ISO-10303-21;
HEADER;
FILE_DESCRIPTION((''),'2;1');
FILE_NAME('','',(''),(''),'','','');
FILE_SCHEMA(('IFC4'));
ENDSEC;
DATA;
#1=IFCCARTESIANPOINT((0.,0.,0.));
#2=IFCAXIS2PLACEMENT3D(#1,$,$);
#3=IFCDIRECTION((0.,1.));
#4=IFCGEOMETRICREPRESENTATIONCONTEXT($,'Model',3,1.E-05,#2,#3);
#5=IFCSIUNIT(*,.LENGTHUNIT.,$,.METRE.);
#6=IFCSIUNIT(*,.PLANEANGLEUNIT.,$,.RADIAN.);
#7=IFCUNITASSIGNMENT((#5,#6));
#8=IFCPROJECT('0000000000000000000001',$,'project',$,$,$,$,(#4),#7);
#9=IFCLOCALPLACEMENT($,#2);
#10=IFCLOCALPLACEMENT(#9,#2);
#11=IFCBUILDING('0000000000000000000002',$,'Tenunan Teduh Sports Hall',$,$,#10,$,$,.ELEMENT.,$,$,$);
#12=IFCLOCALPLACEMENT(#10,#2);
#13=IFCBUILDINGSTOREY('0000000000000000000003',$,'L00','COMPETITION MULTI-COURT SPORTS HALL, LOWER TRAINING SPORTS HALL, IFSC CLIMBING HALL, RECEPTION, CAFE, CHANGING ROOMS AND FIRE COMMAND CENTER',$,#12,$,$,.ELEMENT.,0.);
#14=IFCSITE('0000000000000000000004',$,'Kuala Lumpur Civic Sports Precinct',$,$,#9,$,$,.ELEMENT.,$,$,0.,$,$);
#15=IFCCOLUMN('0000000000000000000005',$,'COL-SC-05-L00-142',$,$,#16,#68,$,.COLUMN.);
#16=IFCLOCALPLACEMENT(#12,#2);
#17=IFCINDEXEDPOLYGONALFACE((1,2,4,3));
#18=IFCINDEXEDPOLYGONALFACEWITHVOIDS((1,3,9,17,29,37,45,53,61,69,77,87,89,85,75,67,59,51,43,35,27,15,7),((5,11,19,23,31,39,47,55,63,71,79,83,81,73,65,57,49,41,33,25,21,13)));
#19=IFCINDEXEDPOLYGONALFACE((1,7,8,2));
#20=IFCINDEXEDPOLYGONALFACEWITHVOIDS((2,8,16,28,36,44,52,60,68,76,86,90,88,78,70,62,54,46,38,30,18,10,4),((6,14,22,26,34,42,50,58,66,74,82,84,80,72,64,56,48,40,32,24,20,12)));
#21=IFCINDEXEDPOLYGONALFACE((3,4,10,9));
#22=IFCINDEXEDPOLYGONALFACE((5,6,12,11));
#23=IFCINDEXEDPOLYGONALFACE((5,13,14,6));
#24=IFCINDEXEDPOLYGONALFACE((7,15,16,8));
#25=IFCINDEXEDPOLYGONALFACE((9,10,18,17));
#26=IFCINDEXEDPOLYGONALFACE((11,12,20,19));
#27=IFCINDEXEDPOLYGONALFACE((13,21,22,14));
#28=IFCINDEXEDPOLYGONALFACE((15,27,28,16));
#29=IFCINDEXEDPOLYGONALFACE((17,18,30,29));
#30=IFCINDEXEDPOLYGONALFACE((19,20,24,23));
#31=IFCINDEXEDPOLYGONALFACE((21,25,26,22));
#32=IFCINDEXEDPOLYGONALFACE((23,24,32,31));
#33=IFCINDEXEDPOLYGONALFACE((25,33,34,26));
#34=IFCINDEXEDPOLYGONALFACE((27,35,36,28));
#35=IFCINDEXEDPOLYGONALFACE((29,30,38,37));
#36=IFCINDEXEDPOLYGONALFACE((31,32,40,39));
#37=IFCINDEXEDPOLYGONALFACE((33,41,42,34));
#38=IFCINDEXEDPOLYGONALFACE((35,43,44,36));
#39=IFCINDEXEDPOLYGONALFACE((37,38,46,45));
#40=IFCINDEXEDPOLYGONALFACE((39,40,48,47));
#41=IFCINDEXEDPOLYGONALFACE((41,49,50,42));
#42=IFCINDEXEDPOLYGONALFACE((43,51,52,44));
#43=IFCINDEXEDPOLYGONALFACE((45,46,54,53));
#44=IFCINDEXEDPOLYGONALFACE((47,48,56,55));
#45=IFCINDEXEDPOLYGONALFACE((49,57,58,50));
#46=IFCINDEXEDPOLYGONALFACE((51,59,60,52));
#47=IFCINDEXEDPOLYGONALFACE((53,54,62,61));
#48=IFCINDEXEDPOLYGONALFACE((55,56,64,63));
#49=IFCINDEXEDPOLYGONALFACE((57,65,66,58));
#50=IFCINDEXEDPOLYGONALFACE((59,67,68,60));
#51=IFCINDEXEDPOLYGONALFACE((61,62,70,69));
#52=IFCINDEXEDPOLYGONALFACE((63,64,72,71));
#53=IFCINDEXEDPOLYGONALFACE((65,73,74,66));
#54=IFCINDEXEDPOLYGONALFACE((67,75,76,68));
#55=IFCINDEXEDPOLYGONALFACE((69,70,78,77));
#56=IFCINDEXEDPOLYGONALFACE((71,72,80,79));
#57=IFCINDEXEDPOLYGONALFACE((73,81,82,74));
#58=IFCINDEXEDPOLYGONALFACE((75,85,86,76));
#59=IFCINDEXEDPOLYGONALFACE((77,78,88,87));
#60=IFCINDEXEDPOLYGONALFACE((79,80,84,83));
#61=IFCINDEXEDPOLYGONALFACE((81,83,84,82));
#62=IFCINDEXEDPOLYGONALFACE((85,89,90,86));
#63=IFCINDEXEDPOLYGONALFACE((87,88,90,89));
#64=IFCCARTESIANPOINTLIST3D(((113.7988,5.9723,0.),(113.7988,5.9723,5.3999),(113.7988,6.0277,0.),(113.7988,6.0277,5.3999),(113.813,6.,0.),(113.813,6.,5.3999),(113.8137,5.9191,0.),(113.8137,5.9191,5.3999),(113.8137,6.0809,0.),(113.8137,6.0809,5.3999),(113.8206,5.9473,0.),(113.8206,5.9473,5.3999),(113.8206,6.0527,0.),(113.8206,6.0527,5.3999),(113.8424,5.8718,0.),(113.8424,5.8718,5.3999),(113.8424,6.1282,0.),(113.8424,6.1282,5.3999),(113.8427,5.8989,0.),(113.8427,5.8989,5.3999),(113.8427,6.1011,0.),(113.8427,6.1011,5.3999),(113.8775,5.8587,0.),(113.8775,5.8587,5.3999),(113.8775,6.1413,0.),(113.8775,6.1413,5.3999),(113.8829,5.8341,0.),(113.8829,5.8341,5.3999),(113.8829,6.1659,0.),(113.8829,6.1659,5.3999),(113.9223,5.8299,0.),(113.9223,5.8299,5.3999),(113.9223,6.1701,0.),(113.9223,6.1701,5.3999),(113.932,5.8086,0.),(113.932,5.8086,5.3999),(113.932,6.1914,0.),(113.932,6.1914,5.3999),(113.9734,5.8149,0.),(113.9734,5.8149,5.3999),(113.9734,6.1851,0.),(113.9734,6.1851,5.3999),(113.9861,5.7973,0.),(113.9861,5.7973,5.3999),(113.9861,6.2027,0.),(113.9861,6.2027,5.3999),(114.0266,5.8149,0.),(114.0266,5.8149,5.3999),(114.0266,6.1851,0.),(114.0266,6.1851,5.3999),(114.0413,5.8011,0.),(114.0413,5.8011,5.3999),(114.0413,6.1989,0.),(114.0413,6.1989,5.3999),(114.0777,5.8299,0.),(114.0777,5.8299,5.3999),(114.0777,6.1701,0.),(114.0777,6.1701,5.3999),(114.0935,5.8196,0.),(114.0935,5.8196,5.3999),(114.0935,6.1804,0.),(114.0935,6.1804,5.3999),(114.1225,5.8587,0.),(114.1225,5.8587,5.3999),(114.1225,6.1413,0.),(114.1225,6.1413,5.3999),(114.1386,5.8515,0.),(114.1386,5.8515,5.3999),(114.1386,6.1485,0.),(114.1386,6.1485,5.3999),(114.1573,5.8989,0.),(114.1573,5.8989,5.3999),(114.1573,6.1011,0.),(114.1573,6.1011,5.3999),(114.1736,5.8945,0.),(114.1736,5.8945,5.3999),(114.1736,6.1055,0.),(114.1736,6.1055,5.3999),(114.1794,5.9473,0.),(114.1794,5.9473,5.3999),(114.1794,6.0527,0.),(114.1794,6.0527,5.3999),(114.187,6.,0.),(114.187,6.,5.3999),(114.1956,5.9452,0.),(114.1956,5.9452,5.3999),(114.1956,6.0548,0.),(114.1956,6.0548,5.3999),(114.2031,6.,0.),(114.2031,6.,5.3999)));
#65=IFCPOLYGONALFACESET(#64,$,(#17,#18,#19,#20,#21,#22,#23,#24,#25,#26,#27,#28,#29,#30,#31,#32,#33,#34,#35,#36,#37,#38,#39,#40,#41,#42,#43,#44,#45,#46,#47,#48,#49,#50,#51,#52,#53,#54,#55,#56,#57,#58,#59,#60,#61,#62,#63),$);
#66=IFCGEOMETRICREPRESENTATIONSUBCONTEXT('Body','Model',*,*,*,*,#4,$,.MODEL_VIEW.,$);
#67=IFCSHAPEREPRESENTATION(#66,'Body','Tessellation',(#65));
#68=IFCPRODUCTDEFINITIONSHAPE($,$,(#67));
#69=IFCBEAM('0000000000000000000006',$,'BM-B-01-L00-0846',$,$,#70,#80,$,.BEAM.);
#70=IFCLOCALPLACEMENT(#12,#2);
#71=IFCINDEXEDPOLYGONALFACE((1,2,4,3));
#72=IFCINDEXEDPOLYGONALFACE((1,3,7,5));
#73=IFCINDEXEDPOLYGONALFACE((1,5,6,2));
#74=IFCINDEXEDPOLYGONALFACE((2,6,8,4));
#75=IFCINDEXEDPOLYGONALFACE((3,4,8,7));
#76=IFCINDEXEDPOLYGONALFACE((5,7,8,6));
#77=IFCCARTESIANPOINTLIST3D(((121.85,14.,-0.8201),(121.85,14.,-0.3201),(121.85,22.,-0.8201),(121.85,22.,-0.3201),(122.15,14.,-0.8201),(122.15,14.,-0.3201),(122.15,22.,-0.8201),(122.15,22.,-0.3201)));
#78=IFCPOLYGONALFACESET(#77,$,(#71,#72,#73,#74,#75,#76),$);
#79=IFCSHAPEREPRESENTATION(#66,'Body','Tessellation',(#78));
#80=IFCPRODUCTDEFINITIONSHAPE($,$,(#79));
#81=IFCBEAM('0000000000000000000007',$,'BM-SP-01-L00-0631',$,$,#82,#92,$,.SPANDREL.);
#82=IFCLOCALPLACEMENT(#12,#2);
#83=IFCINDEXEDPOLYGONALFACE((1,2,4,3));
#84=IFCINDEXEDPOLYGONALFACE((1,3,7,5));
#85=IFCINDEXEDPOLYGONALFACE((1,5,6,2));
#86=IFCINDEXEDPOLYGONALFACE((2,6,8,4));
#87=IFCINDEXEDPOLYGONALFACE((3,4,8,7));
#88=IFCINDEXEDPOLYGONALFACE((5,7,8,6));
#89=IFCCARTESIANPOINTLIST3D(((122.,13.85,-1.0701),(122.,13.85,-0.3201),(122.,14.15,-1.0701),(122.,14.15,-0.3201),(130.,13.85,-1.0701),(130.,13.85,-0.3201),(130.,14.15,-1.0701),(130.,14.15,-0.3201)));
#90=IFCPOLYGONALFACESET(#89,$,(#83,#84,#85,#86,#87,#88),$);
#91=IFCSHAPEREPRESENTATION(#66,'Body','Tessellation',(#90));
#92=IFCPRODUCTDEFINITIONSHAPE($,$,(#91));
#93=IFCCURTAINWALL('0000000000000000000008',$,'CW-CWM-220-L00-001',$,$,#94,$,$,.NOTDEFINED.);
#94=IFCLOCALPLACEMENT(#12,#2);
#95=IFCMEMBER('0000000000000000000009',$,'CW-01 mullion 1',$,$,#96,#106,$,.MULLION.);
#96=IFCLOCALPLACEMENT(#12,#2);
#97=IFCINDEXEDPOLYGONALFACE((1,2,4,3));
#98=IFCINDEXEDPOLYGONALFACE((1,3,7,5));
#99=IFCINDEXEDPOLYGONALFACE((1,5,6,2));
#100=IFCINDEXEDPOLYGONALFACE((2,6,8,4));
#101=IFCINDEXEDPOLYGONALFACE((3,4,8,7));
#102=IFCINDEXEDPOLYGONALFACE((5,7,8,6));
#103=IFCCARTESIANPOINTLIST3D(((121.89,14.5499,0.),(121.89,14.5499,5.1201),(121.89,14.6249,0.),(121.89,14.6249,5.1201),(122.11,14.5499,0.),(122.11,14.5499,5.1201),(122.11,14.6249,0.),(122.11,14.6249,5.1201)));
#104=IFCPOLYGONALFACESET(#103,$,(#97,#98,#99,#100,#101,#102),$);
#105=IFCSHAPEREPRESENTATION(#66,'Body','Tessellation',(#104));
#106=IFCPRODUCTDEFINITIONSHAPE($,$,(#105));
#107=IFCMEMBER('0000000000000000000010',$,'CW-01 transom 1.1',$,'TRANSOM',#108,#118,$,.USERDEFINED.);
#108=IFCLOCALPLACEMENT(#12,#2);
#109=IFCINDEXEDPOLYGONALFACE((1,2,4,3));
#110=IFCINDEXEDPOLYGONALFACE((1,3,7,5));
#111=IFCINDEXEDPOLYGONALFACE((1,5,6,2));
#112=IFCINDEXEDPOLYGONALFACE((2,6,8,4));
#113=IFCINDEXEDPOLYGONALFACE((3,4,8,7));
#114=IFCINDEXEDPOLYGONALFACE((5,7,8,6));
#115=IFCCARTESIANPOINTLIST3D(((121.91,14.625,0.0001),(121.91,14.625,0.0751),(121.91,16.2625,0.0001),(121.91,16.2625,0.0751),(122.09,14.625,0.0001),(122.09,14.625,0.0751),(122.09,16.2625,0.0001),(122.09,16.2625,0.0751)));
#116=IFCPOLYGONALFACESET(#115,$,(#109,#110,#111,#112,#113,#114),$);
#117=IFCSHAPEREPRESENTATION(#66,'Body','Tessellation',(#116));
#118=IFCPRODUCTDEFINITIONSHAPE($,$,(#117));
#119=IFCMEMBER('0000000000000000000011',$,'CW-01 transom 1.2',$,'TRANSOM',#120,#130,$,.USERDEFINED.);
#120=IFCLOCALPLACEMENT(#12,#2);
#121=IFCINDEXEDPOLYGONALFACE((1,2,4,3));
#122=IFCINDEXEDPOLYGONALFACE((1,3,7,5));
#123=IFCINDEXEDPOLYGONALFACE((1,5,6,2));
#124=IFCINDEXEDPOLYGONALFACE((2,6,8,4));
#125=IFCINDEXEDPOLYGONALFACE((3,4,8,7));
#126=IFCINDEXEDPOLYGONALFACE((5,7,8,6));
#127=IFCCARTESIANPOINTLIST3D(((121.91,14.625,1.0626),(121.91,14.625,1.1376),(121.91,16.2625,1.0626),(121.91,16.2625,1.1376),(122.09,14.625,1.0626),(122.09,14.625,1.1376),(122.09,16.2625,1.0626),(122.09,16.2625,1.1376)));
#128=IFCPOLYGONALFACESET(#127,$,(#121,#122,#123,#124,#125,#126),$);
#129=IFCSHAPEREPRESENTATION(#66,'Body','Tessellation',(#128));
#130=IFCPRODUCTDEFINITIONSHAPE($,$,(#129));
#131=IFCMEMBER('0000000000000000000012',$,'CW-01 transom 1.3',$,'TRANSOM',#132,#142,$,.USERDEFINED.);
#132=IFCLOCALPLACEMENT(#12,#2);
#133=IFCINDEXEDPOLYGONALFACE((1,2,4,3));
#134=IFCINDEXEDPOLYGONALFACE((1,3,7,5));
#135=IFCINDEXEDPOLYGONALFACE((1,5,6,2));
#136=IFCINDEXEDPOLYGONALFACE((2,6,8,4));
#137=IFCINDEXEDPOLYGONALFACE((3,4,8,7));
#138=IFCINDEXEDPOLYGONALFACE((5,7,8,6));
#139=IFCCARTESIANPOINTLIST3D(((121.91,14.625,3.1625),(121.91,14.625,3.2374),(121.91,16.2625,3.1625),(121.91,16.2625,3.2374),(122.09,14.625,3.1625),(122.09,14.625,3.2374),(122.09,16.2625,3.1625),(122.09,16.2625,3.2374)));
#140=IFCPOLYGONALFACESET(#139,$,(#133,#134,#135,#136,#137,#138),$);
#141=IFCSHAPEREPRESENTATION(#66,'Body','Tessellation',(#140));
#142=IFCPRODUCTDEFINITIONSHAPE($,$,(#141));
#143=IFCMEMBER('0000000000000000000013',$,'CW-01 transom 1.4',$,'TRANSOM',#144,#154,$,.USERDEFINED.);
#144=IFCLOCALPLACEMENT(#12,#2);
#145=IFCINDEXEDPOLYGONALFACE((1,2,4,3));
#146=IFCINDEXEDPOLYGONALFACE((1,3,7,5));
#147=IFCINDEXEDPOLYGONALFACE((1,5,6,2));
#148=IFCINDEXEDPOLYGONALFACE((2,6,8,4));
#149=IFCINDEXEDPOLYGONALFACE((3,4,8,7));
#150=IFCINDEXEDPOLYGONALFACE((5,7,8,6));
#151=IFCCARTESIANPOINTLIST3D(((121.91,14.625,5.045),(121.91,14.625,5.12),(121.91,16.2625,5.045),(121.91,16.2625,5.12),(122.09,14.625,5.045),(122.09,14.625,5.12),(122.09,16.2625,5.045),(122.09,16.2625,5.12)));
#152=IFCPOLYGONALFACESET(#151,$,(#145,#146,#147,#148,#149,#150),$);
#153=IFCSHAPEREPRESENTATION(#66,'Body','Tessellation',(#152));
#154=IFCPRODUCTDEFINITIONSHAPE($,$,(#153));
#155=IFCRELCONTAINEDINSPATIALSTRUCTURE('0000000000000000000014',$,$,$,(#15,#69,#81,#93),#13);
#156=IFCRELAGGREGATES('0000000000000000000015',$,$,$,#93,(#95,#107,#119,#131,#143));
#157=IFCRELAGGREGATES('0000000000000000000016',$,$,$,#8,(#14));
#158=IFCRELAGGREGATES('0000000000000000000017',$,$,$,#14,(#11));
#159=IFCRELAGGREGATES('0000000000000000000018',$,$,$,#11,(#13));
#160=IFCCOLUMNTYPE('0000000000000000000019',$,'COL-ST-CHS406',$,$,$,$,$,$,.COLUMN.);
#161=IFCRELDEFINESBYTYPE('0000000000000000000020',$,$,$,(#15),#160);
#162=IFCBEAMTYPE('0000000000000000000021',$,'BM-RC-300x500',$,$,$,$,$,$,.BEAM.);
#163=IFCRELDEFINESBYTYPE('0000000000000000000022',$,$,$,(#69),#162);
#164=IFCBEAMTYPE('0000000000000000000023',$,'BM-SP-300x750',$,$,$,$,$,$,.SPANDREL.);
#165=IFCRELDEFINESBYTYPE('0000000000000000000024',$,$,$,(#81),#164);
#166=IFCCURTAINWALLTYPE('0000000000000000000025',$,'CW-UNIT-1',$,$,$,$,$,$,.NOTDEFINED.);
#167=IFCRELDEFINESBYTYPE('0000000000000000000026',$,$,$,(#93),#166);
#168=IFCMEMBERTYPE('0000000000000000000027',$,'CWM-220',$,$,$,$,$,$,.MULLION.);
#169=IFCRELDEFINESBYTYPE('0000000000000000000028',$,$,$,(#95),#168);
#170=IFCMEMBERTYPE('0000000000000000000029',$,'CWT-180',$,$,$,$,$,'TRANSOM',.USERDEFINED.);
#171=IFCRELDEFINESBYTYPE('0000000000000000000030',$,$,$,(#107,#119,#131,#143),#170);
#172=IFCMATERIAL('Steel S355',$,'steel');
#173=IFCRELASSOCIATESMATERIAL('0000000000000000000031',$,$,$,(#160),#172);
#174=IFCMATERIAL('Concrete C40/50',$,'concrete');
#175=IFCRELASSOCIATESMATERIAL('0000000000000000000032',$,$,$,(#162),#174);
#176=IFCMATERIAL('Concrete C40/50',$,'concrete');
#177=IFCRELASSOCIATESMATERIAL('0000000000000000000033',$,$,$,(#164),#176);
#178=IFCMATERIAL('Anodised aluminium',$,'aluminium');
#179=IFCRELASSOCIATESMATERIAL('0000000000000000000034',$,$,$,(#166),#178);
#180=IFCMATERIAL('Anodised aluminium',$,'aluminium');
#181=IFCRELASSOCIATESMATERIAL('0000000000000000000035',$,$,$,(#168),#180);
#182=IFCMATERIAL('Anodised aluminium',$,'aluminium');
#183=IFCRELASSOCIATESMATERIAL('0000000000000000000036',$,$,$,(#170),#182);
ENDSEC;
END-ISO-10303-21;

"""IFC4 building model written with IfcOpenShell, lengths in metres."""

from ifc_helpers import new_model, si_unit, direction, frame, origin, origin_2d, place, context, subcontext, project, spatial, rectangle, hollow_circle, extrude, material, material_profile, profile_set, type_object, element, aggregate, save


model = new_model("IFC4")

# Units and contexts
model_context = context("Model", 3, precision=1e-05, world=origin(), true_north=direction((0.0, 1.0)))
body_context = subcontext(model_context, "Body", "Model", "MODEL_VIEW")
ifc_project = project(units=[si_unit("LENGTHUNIT", "METRE"), si_unit("PLANEANGLEUNIT", "RADIAN")], contexts=[model_context])

# Site, building, storey
site_placement = place(None, origin())
site = spatial("IfcSite", under=ifc_project, at=site_placement, Name="Kuala Lumpur Civic Sports Precinct", CompositionType="ELEMENT", RefElevation=0.0)
building_placement = place(site_placement, origin())
building = spatial("IfcBuilding", under=site, at=building_placement, Name="Tenunan Teduh Sports Hall", CompositionType="ELEMENT")
storey_placement = place(building_placement, origin())
storey = spatial("IfcBuildingStorey", under=building, at=storey_placement, Name="L00", Description="COMPETITION MULTI-COURT SPORTS HALL, LOWER TRAINING SPORTS HALL, IFSC CLIMBING HALL, RECEPTION, CAFE, CHANGING ROOMS AND FIRE COMMAND CENTER", CompositionType="ELEMENT", Elevation=0.0)

# Column
ifc_material_1 = material(Name="Steel S355", Category="steel")
ifc_material_profile_1 = material_profile(ifc_material_1, hollow_circle(Radius=0.2031, WallThickness=0.0161, at=origin_2d()), Name="CHS 406.4x16.0")
ifc_profile_set_1 = profile_set([ifc_material_profile_1], Name="Steel S355")
column_type_1 = type_object("IfcColumnType", Name="COL-ST-CHS406", PredefinedType="COLUMN", material=ifc_profile_set_1)
for number, where, z_axis, x_axis, name in (
    (1, (114.0, 6.0, 0.0), (0.0, 0.0, 1.0), (1.0, 0.0, 0.0), "COL-SC-05-L00-142"),
):
    element("IfcColumn", number, at=place(storey_placement, frame(where, z_axis=z_axis, x_axis=x_axis)), inside=storey, type_object=column_type_1, Name=name, PredefinedType="COLUMN", context=body_context, shape_type="SweptSolid", body=[
        extrude(hollow_circle(Radius=0.2031, WallThickness=0.0161, at=origin_2d()), origin(), (0.0, 0.0, 1.0), 5.3999),
    ])

# Beams
ifc_material_2 = material(Name="Concrete C40/50", Category="concrete")
ifc_material_profile_2 = material_profile(ifc_material_2, rectangle(XDim=0.3, YDim=0.5, at=origin_2d()), Name="RCB 300x500")
ifc_profile_set_2 = profile_set([ifc_material_profile_2], Name="Concrete C40/50")
beam_type_1 = type_object("IfcBeamType", Name="BM-RC-300x500", PredefinedType="BEAM", material=ifc_profile_set_2)
beam_1_placement = place(storey_placement, frame((122.0, 14.0, -0.5701), z_axis=(0.0, 1.0, 0.0), x_axis=(-1.0, 0.0, 0.0)))
element("IfcBeam", 2, at=beam_1_placement, inside=storey, type_object=beam_type_1, Name="BM-B-01-L00-0846", PredefinedType="BEAM", context=body_context, shape_type="SweptSolid", body=[
    extrude(rectangle(XDim=0.3, YDim=0.5, at=origin_2d()), origin(), (0.0, 0.0, 1.0), 8.0),
])
ifc_material_3 = material(Name="Concrete C40/50", Category="concrete")
ifc_material_profile_3 = material_profile(ifc_material_3, rectangle(XDim=0.3, YDim=0.75, at=origin_2d()), Name="SPB 300x750")
ifc_profile_set_3 = profile_set([ifc_material_profile_3], Name="Concrete C40/50")
beam_type_2 = type_object("IfcBeamType", Name="BM-SP-300x750", PredefinedType="SPANDREL", material=ifc_profile_set_3)
beam_2_placement = place(storey_placement, frame((122.0, 14.0, -0.6951), z_axis=(1.0, 0.0, 0.0), x_axis=(0.0, 1.0, 0.0)))
element("IfcBeam", 3, at=beam_2_placement, inside=storey, type_object=beam_type_2, Name="BM-SP-01-L00-0631", PredefinedType="SPANDREL", context=body_context, shape_type="SweptSolid", body=[
    extrude(rectangle(XDim=0.3, YDim=0.75, at=origin_2d()), origin(), (0.0, 0.0, 1.0), 8.0),
])

# Curtain wall, members
ifc_material_4 = material(Name="Anodised aluminium", Category="aluminium")
curtain_wall_type = type_object("IfcCurtainWallType", Name="CW-UNIT-1", PredefinedType="NOTDEFINED", material=ifc_material_4)
curtain_wall_placement = place(storey_placement, origin())
curtain_wall = element("IfcCurtainWall", 4, at=curtain_wall_placement, inside=storey, type_object=curtain_wall_type, Name="CW-CWM-220-L00-001", PredefinedType="NOTDEFINED")
ifc_material_5 = material(Name="Anodised aluminium", Category="aluminium")
ifc_material_profile_4 = material_profile(ifc_material_5, rectangle(XDim=0.075, YDim=0.22, at=origin_2d()), Name="CWM 75x220")
ifc_profile_set_4 = profile_set([ifc_material_profile_4], Name="Anodised aluminium")
member_type_1 = type_object("IfcMemberType", Name="CWM-220", PredefinedType="MULLION", material=ifc_profile_set_4)
member_1_placement = place(storey_placement, frame((122.0, 14.5874, 0.0), z_axis=(0.0, 0.0, 1.0), x_axis=(0.0, 1.0, 0.0)))
member_1 = element("IfcMember", 5, at=member_1_placement, type_object=member_type_1, Name="CW-01 mullion 1", PredefinedType="MULLION", context=body_context, shape_type="SweptSolid", body=[
    extrude(rectangle(XDim=0.075, YDim=0.22, at=origin_2d()), origin(), (0.0, 0.0, 1.0), 5.1201),
])
ifc_material_6 = material(Name="Anodised aluminium", Category="aluminium")
ifc_material_profile_5 = material_profile(ifc_material_6, rectangle(XDim=0.075, YDim=0.1799, at=origin_2d()), Name="CWT 75x180")
ifc_profile_set_5 = profile_set([ifc_material_profile_5], Name="Anodised aluminium")
member_type_2 = type_object("IfcMemberType", Name="CWT-180", ElementType="TRANSOM", PredefinedType="USERDEFINED", material=ifc_profile_set_5)
member_2_placement = place(storey_placement, frame((122.0, 14.625, 0.0376), z_axis=(0.0, 1.0, 0.0), x_axis=(0.0, 0.0, 1.0)))
member_2 = element("IfcMember", 6, at=member_2_placement, type_object=member_type_2, Name="CW-01 transom 1.1", ObjectType="TRANSOM", PredefinedType="USERDEFINED", context=body_context, shape_type="SweptSolid", body=[
    extrude(rectangle(XDim=0.075, YDim=0.1799, at=origin_2d()), origin(), (0.0, 0.0, 1.0), 1.6375),
])
member_3_placement = place(storey_placement, frame((122.0, 14.625, 1.1001), z_axis=(0.0, 1.0, 0.0), x_axis=(0.0, 0.0, 1.0)))
member_3 = element("IfcMember", 7, at=member_3_placement, type_object=member_type_2, Name="CW-01 transom 1.2", ObjectType="TRANSOM", PredefinedType="USERDEFINED", context=body_context, shape_type="SweptSolid", body=[
    extrude(rectangle(XDim=0.075, YDim=0.1799, at=origin_2d()), origin(), (0.0, 0.0, 1.0), 1.6375),
])
member_4_placement = place(storey_placement, frame((122.0, 14.625, 3.2), z_axis=(0.0, 1.0, 0.0), x_axis=(0.0, 0.0, 1.0)))
member_4 = element("IfcMember", 8, at=member_4_placement, type_object=member_type_2, Name="CW-01 transom 1.3", ObjectType="TRANSOM", PredefinedType="USERDEFINED", context=body_context, shape_type="SweptSolid", body=[
    extrude(rectangle(XDim=0.075, YDim=0.1799, at=origin_2d()), origin(), (0.0, 0.0, 1.0), 1.6375),
])
member_5_placement = place(storey_placement, frame((122.0, 14.625, 5.0825), z_axis=(0.0, 1.0, 0.0), x_axis=(0.0, 0.0, 1.0)))
member_5 = element("IfcMember", 9, at=member_5_placement, type_object=member_type_2, Name="CW-01 transom 1.4", ObjectType="TRANSOM", PredefinedType="USERDEFINED", context=body_context, shape_type="SweptSolid", body=[
    extrude(rectangle(XDim=0.075, YDim=0.1799, at=origin_2d()), origin(), (0.0, 0.0, 1.0), 1.6375),
])

aggregate(curtain_wall, [member_1, member_2, member_3, member_4, member_5])

save(model, "model.ifc")
